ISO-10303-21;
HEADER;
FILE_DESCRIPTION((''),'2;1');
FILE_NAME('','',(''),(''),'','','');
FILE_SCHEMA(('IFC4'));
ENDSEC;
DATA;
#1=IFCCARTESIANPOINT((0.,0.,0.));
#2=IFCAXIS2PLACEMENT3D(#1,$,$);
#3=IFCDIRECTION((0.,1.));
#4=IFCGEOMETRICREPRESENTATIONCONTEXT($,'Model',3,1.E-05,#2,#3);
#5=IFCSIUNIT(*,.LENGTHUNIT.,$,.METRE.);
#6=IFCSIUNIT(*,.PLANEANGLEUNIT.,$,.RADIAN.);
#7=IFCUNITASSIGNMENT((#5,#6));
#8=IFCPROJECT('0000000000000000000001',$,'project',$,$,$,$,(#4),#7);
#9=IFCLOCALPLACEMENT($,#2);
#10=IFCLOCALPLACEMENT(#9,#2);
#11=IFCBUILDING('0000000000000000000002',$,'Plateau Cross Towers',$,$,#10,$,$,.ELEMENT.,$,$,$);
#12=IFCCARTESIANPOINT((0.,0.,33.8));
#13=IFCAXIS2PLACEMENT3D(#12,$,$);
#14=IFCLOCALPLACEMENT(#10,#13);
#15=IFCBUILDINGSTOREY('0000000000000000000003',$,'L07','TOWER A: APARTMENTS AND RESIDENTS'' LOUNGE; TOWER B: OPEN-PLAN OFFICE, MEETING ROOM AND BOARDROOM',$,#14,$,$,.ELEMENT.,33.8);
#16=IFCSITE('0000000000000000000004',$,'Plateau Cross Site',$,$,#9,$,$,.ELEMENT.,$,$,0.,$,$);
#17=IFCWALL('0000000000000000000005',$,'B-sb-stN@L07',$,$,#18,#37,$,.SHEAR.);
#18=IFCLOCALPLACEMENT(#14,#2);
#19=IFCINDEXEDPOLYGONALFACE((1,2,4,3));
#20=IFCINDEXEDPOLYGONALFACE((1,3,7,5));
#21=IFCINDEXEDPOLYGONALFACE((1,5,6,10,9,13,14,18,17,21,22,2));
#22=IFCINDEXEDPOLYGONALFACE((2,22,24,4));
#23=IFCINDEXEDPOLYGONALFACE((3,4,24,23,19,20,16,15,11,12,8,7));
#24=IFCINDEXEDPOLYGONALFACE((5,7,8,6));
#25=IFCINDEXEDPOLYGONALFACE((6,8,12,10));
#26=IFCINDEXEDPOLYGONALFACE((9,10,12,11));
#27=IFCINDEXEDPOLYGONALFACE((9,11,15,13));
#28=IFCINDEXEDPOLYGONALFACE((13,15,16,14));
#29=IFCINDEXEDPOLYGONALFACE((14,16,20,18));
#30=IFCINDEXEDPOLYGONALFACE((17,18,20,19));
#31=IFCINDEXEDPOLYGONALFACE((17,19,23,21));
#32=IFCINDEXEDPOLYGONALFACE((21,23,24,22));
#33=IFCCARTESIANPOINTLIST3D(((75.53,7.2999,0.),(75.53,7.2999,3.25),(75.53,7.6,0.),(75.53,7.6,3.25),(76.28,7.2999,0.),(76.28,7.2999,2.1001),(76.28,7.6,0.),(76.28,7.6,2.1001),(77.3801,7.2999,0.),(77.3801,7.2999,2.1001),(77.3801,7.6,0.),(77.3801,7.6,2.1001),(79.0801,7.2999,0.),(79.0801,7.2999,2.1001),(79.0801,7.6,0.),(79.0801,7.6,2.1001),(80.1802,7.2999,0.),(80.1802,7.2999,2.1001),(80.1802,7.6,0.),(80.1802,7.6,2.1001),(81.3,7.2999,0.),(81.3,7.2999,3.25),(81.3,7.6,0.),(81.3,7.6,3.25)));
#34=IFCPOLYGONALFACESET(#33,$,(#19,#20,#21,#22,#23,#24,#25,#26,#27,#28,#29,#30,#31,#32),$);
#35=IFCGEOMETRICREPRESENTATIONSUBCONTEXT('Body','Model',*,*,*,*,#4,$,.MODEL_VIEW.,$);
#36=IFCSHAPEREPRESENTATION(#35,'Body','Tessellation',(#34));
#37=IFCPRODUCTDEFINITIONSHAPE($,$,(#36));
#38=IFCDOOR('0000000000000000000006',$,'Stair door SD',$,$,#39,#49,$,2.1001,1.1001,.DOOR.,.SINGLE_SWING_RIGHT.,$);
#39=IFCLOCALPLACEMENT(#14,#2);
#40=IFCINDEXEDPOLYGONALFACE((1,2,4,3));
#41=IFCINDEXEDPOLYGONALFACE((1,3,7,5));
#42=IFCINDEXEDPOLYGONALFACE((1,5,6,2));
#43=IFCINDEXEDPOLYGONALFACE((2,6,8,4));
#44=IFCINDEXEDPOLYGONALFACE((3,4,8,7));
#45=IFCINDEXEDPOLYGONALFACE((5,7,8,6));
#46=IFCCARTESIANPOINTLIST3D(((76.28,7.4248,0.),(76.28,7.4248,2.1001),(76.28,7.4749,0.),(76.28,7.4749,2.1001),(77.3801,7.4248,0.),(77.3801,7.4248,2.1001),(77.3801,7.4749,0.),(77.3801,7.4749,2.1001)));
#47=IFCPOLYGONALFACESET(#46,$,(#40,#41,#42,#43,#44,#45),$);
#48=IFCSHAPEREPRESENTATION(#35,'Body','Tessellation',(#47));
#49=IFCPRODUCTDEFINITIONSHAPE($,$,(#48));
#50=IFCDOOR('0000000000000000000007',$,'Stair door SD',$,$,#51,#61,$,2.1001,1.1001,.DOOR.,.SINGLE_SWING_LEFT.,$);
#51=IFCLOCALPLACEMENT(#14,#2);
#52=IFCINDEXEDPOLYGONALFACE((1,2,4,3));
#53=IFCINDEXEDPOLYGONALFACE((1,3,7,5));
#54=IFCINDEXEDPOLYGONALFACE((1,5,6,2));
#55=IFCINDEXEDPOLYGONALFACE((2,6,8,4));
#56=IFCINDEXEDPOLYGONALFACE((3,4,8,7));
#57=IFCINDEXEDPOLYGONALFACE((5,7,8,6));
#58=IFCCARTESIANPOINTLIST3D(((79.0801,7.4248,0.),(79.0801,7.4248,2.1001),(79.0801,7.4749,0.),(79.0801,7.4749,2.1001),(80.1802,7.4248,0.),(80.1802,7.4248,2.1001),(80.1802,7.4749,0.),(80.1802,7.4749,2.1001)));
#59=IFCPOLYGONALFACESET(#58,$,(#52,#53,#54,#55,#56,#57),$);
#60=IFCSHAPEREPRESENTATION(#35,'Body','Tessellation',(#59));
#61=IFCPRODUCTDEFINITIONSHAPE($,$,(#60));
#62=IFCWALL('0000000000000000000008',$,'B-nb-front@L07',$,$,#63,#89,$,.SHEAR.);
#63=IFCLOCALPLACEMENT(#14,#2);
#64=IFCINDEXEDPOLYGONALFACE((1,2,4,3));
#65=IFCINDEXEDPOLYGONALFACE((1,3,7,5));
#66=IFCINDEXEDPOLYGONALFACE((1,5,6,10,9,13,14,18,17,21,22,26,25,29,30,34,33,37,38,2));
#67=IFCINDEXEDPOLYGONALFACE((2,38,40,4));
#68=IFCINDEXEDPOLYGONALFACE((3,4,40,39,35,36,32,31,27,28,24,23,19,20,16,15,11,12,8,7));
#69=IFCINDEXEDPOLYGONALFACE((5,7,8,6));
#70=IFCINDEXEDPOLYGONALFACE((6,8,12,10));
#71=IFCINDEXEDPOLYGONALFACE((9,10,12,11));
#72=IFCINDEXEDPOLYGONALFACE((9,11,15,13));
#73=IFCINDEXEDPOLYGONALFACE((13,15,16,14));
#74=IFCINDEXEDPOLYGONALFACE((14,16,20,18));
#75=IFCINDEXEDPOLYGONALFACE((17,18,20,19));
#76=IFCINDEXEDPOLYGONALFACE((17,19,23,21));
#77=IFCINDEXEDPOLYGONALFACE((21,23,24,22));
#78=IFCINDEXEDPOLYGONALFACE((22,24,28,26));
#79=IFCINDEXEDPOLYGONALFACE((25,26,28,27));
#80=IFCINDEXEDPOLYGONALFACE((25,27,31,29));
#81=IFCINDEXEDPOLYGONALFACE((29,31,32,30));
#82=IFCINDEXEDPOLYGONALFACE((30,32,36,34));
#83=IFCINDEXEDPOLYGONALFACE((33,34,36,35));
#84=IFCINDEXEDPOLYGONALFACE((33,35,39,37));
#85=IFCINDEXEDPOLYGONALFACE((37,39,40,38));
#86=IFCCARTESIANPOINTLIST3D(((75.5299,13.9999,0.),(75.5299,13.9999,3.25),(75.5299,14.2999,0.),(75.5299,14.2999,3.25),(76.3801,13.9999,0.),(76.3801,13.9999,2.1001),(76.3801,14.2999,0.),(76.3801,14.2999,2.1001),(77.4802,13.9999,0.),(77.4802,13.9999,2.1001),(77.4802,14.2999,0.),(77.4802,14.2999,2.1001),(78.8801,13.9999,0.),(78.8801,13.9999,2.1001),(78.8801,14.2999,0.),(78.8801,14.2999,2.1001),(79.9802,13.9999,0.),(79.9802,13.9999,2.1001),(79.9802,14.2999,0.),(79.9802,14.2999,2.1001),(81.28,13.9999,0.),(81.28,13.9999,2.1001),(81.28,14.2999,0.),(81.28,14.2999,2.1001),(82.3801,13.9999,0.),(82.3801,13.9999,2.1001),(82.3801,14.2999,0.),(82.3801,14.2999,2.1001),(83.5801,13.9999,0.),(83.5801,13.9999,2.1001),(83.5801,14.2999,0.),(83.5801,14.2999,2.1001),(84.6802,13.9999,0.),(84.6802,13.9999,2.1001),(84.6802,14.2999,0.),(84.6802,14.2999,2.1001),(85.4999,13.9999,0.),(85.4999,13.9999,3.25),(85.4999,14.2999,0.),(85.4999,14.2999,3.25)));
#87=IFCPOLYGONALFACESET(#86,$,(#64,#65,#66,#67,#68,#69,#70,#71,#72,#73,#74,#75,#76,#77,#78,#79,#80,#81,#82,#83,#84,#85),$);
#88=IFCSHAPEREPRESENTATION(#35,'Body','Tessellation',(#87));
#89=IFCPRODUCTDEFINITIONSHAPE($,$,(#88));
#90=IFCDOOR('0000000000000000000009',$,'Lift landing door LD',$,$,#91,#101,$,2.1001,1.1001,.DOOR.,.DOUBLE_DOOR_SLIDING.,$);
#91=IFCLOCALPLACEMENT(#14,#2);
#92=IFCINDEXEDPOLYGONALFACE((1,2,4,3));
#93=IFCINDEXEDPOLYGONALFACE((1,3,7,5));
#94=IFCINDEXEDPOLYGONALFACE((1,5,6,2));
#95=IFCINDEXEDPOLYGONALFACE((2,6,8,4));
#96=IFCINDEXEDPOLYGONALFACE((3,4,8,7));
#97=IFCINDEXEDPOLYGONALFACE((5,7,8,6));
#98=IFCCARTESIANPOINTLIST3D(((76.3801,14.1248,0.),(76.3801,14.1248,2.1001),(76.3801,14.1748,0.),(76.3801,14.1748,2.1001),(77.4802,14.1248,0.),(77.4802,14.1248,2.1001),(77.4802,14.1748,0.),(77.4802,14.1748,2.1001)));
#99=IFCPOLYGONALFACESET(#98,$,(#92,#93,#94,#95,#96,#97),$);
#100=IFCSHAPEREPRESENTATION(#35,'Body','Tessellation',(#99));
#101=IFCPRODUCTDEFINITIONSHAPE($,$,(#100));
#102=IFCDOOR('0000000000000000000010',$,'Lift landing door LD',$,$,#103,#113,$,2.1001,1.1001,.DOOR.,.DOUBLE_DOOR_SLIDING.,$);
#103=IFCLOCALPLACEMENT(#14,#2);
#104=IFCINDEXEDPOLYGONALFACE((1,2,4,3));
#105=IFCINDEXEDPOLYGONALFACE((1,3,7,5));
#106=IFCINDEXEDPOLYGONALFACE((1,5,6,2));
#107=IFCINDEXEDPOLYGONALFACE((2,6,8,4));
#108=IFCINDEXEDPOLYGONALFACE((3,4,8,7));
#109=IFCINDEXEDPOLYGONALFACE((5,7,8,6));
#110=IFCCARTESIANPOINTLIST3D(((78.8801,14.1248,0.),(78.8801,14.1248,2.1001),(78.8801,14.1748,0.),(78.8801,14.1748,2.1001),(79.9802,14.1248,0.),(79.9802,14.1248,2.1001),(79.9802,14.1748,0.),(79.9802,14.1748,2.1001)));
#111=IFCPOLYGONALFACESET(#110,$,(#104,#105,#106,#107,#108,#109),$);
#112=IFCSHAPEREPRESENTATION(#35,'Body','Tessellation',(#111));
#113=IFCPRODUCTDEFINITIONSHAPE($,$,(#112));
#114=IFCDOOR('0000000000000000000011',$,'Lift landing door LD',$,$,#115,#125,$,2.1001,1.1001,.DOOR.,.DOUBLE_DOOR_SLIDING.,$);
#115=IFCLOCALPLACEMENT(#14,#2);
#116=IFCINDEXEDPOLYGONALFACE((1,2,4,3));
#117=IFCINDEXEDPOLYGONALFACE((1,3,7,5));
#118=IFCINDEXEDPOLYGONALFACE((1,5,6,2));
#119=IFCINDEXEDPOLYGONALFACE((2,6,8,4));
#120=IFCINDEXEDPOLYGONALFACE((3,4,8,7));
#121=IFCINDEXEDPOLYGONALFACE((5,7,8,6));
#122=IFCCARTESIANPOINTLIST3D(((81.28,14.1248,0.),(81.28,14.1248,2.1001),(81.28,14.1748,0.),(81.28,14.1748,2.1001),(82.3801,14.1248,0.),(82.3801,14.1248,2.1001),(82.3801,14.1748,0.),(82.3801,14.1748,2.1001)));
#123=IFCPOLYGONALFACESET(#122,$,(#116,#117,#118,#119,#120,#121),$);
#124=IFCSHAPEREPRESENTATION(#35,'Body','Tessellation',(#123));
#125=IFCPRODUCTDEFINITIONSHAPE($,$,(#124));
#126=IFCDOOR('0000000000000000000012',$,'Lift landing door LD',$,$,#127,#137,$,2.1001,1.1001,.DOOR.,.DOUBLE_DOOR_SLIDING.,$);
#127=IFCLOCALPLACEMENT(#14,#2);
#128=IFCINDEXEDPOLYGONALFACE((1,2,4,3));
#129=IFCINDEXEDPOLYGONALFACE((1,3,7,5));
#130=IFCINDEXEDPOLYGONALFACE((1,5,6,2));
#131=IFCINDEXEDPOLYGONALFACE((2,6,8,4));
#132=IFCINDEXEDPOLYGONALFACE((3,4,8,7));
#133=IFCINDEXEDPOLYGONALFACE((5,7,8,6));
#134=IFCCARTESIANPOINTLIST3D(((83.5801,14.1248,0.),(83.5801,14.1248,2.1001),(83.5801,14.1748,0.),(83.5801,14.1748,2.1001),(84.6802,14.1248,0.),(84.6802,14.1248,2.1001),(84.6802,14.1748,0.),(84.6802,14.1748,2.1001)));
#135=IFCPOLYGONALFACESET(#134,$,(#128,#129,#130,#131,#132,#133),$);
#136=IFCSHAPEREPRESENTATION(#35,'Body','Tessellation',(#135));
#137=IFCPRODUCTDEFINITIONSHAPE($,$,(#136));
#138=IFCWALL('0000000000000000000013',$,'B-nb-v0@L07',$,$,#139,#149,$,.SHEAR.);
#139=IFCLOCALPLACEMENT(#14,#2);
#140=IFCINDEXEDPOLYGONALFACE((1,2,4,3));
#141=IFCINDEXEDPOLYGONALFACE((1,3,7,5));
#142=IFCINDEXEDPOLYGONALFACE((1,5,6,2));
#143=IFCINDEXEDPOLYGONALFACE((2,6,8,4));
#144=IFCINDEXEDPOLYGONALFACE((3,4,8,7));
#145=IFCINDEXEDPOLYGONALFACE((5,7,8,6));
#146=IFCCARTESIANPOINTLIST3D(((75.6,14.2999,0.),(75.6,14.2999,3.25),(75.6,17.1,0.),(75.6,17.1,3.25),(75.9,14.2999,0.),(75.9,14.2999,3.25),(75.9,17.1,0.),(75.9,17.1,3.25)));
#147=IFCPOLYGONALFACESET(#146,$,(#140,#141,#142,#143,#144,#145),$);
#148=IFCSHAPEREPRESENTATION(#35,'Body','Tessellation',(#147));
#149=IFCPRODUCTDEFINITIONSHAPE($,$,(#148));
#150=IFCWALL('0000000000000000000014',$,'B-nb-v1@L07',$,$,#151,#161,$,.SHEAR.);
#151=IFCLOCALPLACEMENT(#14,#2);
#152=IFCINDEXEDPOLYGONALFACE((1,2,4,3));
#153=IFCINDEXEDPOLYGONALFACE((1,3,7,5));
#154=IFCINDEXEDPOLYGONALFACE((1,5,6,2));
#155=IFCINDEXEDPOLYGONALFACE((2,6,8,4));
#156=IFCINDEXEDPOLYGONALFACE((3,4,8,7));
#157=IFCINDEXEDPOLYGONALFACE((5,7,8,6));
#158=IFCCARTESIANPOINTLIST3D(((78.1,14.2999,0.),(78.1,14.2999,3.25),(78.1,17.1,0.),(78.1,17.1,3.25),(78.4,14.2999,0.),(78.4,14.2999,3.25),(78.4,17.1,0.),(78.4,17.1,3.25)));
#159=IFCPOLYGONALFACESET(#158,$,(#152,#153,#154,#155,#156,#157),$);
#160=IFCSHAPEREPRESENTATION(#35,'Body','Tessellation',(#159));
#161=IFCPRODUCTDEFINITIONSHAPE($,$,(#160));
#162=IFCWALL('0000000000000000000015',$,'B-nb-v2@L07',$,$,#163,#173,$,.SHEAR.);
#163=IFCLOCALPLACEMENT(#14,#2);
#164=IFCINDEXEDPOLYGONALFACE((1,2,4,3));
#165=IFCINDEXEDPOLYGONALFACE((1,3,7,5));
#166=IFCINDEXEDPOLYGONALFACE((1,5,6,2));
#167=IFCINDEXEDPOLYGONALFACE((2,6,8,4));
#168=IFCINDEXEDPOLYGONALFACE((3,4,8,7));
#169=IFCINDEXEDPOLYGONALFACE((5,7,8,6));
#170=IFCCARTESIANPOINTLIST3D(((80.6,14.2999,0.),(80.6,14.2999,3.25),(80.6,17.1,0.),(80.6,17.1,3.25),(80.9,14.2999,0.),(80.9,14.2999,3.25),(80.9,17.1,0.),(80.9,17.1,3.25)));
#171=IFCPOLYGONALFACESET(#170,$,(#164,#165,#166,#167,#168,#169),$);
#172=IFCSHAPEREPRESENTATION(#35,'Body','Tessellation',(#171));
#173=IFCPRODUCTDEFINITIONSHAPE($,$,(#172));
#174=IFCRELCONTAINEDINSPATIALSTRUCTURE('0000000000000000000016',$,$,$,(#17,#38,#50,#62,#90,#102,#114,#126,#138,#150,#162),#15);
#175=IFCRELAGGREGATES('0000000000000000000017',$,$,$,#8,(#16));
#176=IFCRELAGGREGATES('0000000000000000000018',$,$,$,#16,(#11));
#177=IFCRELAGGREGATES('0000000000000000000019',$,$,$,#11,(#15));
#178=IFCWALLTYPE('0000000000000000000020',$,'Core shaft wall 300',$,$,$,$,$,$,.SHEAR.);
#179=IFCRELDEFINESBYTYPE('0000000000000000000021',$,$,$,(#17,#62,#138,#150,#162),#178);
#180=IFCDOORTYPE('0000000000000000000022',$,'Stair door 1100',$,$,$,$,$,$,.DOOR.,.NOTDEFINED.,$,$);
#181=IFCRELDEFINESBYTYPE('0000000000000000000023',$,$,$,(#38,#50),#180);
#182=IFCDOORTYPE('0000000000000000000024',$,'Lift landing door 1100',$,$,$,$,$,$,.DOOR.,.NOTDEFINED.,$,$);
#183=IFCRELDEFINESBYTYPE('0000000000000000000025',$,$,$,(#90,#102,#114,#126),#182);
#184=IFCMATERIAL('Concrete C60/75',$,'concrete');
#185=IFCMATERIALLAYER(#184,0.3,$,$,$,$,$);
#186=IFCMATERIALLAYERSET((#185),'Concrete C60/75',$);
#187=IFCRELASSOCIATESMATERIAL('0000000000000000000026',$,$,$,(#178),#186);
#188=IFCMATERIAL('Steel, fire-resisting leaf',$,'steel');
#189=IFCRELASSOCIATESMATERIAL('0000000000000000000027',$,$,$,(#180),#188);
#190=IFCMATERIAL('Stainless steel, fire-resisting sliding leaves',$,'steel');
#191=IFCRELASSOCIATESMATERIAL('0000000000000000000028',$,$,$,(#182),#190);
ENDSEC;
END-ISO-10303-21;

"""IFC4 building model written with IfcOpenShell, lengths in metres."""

from ifc_helpers import new_model, si_unit, direction, frame, frame_2d, origin, place, context, subcontext, project, spatial, rectangle, extrude, material, layer, layer_set, type_object, element, fill, save


model = new_model("IFC4")

# Units and contexts
model_context = context("Model", 3, precision=1e-05, world=origin(), true_north=direction((0.0, 1.0)))
body_context = subcontext(model_context, "Body", "Model", "MODEL_VIEW")
ifc_project = project(units=[si_unit("LENGTHUNIT", "METRE"), si_unit("PLANEANGLEUNIT", "RADIAN")], contexts=[model_context])

# Site, building, storey
site_placement = place(None, origin())
site = spatial("IfcSite", under=ifc_project, at=site_placement, Name="Plateau Cross Site", CompositionType="ELEMENT", RefElevation=0.0)
building_placement = place(site_placement, origin())
building = spatial("IfcBuilding", under=site, at=building_placement, Name="Plateau Cross Towers", CompositionType="ELEMENT")
storey_placement = place(building_placement, frame((0.0, 0.0, 33.8)))
storey = spatial("IfcBuildingStorey", under=building, at=storey_placement, Name="L07", Description="TOWER A: APARTMENTS AND RESIDENTS' LOUNGE; TOWER B: OPEN-PLAN OFFICE, MEETING ROOM AND BOARDROOM", CompositionType="ELEMENT", Elevation=33.8)

# Shared definitions
ifc_material_1 = material(Name="Concrete C60/75", Category="concrete")

# Shared definitions
ifc_material_2 = material(Name="Steel, fire-resisting leaf", Category="steel")

# Walls, openings, doors
ifc_layer_1 = layer(ifc_material_1, 0.3)
ifc_layer_set_1 = layer_set([ifc_layer_1], Name="Concrete C60/75")
wall_type_1 = type_object("IfcWallType", Name="Core shaft wall 300", PredefinedType="SHEAR", material=ifc_layer_set_1)
wall_1_placement = place(storey_placement, frame((75.53, 7.45, 0.0), z_axis=(0.0, 0.0, 1.0), x_axis=(1.0, 0.0, 0.0)))
wall_1 = element("IfcWall", 1, at=wall_1_placement, inside=storey, type_object=wall_type_1, Name="B-sb-stN@L07", PredefinedType="SHEAR", context=body_context, shape_type="SweptSolid", body=[
    extrude(rectangle(XDim=5.77, YDim=0.3, at=frame_2d((2.885, 0.0))), origin(), (0.0, 0.0, 1.0), 3.25),
])
opening_1_placement = place(wall_1_placement, frame((0.75, 0.0, 0.0)))
opening_1 = element("IfcOpeningElement", 2, at=opening_1_placement, cuts=wall_1, PredefinedType="OPENING", context=body_context, shape_type="SweptSolid", body=[
    extrude(rectangle(XDim=1.1001, YDim=2.1001, at=frame_2d((0.55, 1.05))), frame((0.0, 0.1599, 0.0), z_axis=(0.0, -1.0, 0.0), x_axis=(1.0, 0.0, 0.0)), (0.0, 0.0, 1.0), 0.3201),
])
opening_2_placement = place(wall_1_placement, frame((3.55, 0.0, 0.0)))
opening_2 = element("IfcOpeningElement", 3, at=opening_2_placement, cuts=wall_1, PredefinedType="OPENING", context=body_context, shape_type="SweptSolid", body=[
    extrude(rectangle(XDim=1.1001, YDim=2.1001, at=frame_2d((0.55, 1.05))), frame((0.0, 0.1599, 0.0), z_axis=(0.0, -1.0, 0.0), x_axis=(1.0, 0.0, 0.0)), (0.0, 0.0, 1.0), 0.3201),
])
door_type_1 = type_object("IfcDoorType", Name="Stair door 1100", OperationType="NOTDEFINED", PredefinedType="DOOR", material=ifc_material_2)
door_1_placement = place(opening_1_placement, origin())
door_1 = element("IfcDoor", 4, at=door_1_placement, inside=storey, type_object=door_type_1, Name="Stair door SD", OperationType="SINGLE_SWING_RIGHT", OverallHeight=2.1001, OverallWidth=1.1001, PredefinedType="DOOR", context=body_context, shape_type="SweptSolid", body=[
    extrude(rectangle(XDim=1.1001, YDim=2.1001, at=frame_2d((0.55, 1.05))), frame((0.0, 0.0249, 0.0), z_axis=(0.0, -1.0, 0.0), x_axis=(1.0, 0.0, 0.0)), (0.0, 0.0, 1.0), 0.05),
])
fill(opening_1, door_1)
door_2_placement = place(opening_2_placement, origin())
door_2 = element("IfcDoor", 5, at=door_2_placement, inside=storey, type_object=door_type_1, Name="Stair door SD", OperationType="SINGLE_SWING_LEFT", OverallHeight=2.1001, OverallWidth=1.1001, PredefinedType="DOOR", context=body_context, shape_type="SweptSolid", body=[
    extrude(rectangle(XDim=1.1001, YDim=2.1001, at=frame_2d((0.55, 1.05))), frame((0.0, 0.0249, 0.0), z_axis=(0.0, -1.0, 0.0), x_axis=(1.0, 0.0, 0.0)), (0.0, 0.0, 1.0), 0.05),
])
fill(opening_2, door_2)
wall_2_placement = place(storey_placement, frame((75.53, 14.1499, 0.0), z_axis=(0.0, 0.0, 1.0), x_axis=(1.0, 0.0, 0.0)))
wall_2 = element("IfcWall", 6, at=wall_2_placement, inside=storey, type_object=wall_type_1, Name="B-nb-front@L07", PredefinedType="SHEAR", context=body_context, shape_type="SweptSolid", body=[
    extrude(rectangle(XDim=9.97, YDim=0.3, at=frame_2d((4.9849, 0.0))), origin(), (0.0, 0.0, 1.0), 3.25),
])
opening_3_placement = place(wall_2_placement, frame((0.8501, 0.0, 0.0)))
opening_3 = element("IfcOpeningElement", 7, at=opening_3_placement, cuts=wall_2, PredefinedType="OPENING", context=body_context, shape_type="SweptSolid", body=[
    extrude(rectangle(XDim=1.1001, YDim=2.1001, at=frame_2d((0.55, 1.05))), frame((0.0, 0.1599, 0.0), z_axis=(0.0, -1.0, 0.0), x_axis=(1.0, 0.0, 0.0)), (0.0, 0.0, 1.0), 0.3201),
])
opening_4_placement = place(wall_2_placement, frame((3.3501, 0.0, 0.0)))
opening_4 = element("IfcOpeningElement", 8, at=opening_4_placement, cuts=wall_2, PredefinedType="OPENING", context=body_context, shape_type="SweptSolid", body=[
    extrude(rectangle(XDim=1.1001, YDim=2.1001, at=frame_2d((0.55, 1.05))), frame((0.0, 0.1599, 0.0), z_axis=(0.0, -1.0, 0.0), x_axis=(1.0, 0.0, 0.0)), (0.0, 0.0, 1.0), 0.3201),
])
opening_5_placement = place(wall_2_placement, frame((5.75, 0.0, 0.0)))
opening_5 = element("IfcOpeningElement", 9, at=opening_5_placement, cuts=wall_2, PredefinedType="OPENING", context=body_context, shape_type="SweptSolid", body=[
    extrude(rectangle(XDim=1.1001, YDim=2.1001, at=frame_2d((0.55, 1.05))), frame((0.0, 0.1599, 0.0), z_axis=(0.0, -1.0, 0.0), x_axis=(1.0, 0.0, 0.0)), (0.0, 0.0, 1.0), 0.3201),
])
opening_6_placement = place(wall_2_placement, frame((8.05, 0.0, 0.0)))
opening_6 = element("IfcOpeningElement", 10, at=opening_6_placement, cuts=wall_2, PredefinedType="OPENING", context=body_context, shape_type="SweptSolid", body=[
    extrude(rectangle(XDim=1.1001, YDim=2.1001, at=frame_2d((0.55, 1.05))), frame((0.0, 0.1599, 0.0), z_axis=(0.0, -1.0, 0.0), x_axis=(1.0, 0.0, 0.0)), (0.0, 0.0, 1.0), 0.3201),
])
ifc_material_3 = material(Name="Stainless steel, fire-resisting sliding leaves", Category="steel")
door_type_2 = type_object("IfcDoorType", Name="Lift landing door 1100", OperationType="NOTDEFINED", PredefinedType="DOOR", material=ifc_material_3)
door_3_placement = place(opening_3_placement, origin())
door_3 = element("IfcDoor", 11, at=door_3_placement, inside=storey, type_object=door_type_2, Name="Lift landing door LD", OperationType="DOUBLE_DOOR_SLIDING", OverallHeight=2.1001, OverallWidth=1.1001, PredefinedType="DOOR", context=body_context, shape_type="SweptSolid", body=[
    extrude(rectangle(XDim=1.1001, YDim=2.1001, at=frame_2d((0.55, 1.05))), frame((0.0, 0.0249, 0.0), z_axis=(0.0, -1.0, 0.0), x_axis=(1.0, 0.0, 0.0)), (0.0, 0.0, 1.0), 0.05),
])
fill(opening_3, door_3)
door_4_placement = place(opening_4_placement, origin())
door_4 = element("IfcDoor", 12, at=door_4_placement, inside=storey, type_object=door_type_2, Name="Lift landing door LD", OperationType="DOUBLE_DOOR_SLIDING", OverallHeight=2.1001, OverallWidth=1.1001, PredefinedType="DOOR", context=body_context, shape_type="SweptSolid", body=[
    extrude(rectangle(XDim=1.1001, YDim=2.1001, at=frame_2d((0.55, 1.05))), frame((0.0, 0.0249, 0.0), z_axis=(0.0, -1.0, 0.0), x_axis=(1.0, 0.0, 0.0)), (0.0, 0.0, 1.0), 0.05),
])
fill(opening_4, door_4)
door_5_placement = place(opening_5_placement, origin())
door_5 = element("IfcDoor", 13, at=door_5_placement, inside=storey, type_object=door_type_2, Name="Lift landing door LD", OperationType="DOUBLE_DOOR_SLIDING", OverallHeight=2.1001, OverallWidth=1.1001, PredefinedType="DOOR", context=body_context, shape_type="SweptSolid", body=[
    extrude(rectangle(XDim=1.1001, YDim=2.1001, at=frame_2d((0.55, 1.05))), frame((0.0, 0.0249, 0.0), z_axis=(0.0, -1.0, 0.0), x_axis=(1.0, 0.0, 0.0)), (0.0, 0.0, 1.0), 0.05),
])
fill(opening_5, door_5)
door_6_placement = place(opening_6_placement, origin())
door_6 = element("IfcDoor", 14, at=door_6_placement, inside=storey, type_object=door_type_2, Name="Lift landing door LD", OperationType="DOUBLE_DOOR_SLIDING", OverallHeight=2.1001, OverallWidth=1.1001, PredefinedType="DOOR", context=body_context, shape_type="SweptSolid", body=[
    extrude(rectangle(XDim=1.1001, YDim=2.1001, at=frame_2d((0.55, 1.05))), frame((0.0, 0.0249, 0.0), z_axis=(0.0, -1.0, 0.0), x_axis=(1.0, 0.0, 0.0)), (0.0, 0.0, 1.0), 0.05),
])
fill(opening_6, door_6)

# Walls
for number, where, z_axis, x_axis, name in (
    (15, (75.75, 14.3, 0.0), (0.0, 0.0, 1.0), (0.0, 1.0, 0.0), "B-nb-v0@L07"),
    (16, (78.25, 14.3, 0.0), (0.0, 0.0, 1.0), (0.0, 1.0, 0.0), "B-nb-v1@L07"),
    (17, (80.75, 14.3, 0.0), (0.0, 0.0, 1.0), (0.0, 1.0, 0.0), "B-nb-v2@L07"),
):
    element("IfcWall", number, at=place(storey_placement, frame(where, z_axis=z_axis, x_axis=x_axis)), inside=storey, type_object=wall_type_1, Name=name, PredefinedType="SHEAR", context=body_context, shape_type="SweptSolid", body=[
        extrude(rectangle(XDim=2.8, YDim=0.3, at=frame_2d((1.3999, 0.0))), origin(), (0.0, 0.0, 1.0), 3.25),
    ])

save(model, "model.ifc")
